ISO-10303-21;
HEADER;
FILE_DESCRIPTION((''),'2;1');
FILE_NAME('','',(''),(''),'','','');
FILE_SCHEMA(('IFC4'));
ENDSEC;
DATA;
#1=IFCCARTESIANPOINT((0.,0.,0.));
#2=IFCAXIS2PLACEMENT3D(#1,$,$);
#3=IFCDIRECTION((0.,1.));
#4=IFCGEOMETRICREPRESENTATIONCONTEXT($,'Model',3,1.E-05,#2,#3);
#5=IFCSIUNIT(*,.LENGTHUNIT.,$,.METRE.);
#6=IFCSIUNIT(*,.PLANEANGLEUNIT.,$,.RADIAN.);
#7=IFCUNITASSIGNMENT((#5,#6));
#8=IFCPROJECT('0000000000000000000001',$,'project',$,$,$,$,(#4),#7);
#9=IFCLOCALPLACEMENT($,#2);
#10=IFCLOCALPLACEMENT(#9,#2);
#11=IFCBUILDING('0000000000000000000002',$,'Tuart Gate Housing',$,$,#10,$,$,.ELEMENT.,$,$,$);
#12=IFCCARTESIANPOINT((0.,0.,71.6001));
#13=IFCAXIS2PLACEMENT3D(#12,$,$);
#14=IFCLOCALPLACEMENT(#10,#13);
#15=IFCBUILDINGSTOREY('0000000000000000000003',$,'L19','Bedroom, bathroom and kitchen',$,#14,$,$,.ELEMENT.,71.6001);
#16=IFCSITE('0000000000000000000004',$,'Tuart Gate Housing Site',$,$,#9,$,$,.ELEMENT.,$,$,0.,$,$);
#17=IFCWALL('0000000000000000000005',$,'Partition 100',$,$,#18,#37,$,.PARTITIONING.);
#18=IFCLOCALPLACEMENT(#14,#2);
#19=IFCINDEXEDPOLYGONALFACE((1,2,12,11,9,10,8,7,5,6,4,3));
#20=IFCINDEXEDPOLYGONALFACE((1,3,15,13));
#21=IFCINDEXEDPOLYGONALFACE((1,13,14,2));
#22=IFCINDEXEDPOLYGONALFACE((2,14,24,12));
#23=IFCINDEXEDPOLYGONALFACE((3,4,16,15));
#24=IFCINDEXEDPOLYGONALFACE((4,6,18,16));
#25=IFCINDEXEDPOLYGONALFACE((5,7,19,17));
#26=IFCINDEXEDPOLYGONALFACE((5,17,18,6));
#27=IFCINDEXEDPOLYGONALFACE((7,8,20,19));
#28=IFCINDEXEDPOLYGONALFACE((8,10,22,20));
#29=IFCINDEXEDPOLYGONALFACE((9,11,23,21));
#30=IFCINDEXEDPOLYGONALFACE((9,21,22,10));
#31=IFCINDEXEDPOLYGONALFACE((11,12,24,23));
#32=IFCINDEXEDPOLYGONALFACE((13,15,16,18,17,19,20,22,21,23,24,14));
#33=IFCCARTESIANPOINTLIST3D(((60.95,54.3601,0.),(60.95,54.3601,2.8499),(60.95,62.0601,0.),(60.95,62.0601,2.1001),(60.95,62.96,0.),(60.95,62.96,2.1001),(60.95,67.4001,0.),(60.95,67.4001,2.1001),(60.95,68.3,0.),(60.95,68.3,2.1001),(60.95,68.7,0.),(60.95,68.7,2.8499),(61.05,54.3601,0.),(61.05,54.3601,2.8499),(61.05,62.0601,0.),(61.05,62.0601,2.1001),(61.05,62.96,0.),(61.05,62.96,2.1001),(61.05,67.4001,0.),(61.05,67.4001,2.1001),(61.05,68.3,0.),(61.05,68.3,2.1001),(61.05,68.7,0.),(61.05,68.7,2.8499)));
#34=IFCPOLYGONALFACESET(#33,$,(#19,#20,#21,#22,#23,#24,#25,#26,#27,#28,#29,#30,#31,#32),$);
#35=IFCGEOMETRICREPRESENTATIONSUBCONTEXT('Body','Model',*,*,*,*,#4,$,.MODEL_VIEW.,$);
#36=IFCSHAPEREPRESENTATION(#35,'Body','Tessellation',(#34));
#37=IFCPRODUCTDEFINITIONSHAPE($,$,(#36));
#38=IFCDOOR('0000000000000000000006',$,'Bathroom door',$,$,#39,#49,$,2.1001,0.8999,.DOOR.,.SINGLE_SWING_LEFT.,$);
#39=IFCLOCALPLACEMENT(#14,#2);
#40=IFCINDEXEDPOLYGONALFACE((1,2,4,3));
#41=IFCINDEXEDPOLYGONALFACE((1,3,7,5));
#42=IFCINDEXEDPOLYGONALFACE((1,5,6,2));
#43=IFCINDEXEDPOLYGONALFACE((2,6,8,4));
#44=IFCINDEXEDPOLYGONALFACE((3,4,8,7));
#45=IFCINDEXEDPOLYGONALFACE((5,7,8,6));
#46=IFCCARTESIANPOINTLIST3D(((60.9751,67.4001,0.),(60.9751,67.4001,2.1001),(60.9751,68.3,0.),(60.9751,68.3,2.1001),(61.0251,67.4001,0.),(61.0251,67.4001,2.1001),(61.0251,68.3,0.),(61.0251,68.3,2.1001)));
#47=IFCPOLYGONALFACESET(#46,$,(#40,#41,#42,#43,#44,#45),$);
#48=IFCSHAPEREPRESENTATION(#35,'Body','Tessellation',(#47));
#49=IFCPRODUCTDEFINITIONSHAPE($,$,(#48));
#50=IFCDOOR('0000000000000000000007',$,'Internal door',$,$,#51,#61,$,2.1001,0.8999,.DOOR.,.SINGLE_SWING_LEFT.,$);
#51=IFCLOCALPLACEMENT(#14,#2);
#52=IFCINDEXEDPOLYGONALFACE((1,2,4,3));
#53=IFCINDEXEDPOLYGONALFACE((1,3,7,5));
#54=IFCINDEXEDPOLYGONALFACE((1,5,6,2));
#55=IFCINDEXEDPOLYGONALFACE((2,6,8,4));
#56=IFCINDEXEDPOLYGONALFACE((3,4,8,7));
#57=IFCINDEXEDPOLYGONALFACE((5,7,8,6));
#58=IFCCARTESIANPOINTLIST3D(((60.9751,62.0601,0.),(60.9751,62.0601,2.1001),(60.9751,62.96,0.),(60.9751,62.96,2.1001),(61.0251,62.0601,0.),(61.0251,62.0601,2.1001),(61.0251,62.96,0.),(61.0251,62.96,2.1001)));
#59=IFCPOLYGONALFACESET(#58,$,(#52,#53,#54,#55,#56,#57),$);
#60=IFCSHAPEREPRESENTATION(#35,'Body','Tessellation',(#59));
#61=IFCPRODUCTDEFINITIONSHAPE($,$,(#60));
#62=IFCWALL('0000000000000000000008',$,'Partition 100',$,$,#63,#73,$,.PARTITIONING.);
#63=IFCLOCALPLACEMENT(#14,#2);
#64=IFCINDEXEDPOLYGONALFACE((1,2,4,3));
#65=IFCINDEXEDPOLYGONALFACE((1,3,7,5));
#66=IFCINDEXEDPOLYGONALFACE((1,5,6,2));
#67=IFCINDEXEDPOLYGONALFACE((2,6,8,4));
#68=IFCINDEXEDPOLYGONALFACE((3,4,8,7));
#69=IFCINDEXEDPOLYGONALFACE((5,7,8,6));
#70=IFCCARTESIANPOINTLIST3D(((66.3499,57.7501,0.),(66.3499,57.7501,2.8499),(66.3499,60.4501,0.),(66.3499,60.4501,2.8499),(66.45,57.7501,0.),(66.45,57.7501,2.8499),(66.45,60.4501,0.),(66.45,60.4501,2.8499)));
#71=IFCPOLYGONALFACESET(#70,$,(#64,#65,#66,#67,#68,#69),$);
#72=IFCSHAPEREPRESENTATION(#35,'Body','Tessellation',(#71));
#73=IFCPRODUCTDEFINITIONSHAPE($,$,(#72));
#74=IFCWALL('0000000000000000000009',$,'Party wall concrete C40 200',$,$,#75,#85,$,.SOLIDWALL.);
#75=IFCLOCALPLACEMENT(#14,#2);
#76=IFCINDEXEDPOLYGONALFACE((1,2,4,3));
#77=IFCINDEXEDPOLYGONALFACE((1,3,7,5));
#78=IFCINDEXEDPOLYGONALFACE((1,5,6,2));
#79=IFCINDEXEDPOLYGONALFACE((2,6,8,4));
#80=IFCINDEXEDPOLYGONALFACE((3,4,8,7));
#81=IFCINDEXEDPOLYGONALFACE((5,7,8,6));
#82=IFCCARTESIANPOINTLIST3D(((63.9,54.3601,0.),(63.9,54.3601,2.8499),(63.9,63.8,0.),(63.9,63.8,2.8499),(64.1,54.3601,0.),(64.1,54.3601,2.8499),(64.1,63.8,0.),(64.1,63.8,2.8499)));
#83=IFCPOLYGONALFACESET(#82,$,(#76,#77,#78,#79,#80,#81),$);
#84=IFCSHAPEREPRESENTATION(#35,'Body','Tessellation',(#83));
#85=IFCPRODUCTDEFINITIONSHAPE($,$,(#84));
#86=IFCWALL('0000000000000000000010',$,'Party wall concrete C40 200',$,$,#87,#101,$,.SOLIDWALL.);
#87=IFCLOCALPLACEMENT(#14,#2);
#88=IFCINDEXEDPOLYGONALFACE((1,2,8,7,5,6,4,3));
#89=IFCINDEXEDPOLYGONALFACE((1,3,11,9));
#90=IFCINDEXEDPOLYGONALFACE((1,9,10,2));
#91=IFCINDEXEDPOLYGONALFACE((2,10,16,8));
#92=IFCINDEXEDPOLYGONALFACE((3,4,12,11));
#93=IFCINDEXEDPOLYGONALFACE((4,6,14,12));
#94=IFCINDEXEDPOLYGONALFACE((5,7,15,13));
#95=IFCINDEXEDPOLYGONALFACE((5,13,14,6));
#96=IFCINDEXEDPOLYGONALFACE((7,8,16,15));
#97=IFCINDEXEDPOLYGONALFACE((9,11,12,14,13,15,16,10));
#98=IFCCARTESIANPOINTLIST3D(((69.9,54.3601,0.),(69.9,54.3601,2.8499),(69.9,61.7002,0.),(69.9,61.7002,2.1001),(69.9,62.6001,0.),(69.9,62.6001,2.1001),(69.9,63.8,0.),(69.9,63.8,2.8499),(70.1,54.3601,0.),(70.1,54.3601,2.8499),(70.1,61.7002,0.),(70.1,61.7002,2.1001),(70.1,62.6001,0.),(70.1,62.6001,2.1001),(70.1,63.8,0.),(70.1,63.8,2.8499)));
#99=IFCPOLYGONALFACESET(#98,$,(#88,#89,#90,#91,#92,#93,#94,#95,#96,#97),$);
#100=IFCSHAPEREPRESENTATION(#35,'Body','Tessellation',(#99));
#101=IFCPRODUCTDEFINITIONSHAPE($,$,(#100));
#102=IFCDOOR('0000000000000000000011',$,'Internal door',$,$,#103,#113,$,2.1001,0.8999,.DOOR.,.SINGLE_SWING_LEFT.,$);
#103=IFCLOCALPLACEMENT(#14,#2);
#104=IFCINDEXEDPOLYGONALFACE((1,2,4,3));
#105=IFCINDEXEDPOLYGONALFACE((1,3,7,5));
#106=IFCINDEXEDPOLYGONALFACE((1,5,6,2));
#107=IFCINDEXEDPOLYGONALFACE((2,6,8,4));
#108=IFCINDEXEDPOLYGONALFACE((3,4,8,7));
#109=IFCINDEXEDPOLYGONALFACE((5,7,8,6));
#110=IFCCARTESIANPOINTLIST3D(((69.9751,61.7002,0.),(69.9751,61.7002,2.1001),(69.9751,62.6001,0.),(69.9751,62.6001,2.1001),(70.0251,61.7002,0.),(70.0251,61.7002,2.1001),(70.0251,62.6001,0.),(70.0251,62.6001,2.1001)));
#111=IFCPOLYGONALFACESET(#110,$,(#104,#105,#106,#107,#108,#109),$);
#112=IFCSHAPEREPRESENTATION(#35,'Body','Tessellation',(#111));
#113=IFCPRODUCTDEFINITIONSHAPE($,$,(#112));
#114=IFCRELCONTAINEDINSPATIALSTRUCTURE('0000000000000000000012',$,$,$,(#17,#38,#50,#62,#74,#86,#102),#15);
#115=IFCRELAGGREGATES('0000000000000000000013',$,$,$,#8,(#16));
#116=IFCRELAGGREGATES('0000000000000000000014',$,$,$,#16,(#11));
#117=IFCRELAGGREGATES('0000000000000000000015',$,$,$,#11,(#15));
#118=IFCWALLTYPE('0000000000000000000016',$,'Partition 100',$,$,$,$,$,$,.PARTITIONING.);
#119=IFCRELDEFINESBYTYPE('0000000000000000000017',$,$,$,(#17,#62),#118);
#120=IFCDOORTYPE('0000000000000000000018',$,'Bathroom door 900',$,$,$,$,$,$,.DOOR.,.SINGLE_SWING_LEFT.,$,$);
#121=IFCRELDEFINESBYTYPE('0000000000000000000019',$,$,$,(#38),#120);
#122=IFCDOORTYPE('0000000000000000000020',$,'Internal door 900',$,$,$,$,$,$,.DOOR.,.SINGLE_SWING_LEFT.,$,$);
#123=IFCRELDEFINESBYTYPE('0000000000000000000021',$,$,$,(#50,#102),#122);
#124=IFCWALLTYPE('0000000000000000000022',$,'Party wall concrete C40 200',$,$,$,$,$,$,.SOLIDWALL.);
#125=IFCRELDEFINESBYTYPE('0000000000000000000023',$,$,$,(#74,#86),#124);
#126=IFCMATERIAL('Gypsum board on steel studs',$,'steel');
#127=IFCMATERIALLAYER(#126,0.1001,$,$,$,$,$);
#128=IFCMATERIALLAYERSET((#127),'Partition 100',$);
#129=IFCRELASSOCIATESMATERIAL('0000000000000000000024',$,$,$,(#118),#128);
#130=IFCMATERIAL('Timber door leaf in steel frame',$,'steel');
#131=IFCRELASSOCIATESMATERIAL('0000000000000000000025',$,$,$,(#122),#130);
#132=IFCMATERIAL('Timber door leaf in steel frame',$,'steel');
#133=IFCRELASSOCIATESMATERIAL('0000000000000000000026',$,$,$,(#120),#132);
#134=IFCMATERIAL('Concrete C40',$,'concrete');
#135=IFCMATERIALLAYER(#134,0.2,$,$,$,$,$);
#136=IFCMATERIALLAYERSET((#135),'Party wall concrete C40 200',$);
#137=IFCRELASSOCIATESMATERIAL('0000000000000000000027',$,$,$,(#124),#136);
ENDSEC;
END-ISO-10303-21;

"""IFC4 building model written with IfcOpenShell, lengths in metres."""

from ifc_helpers import new_model, si_unit, direction, frame, frame_2d, origin, place, context, subcontext, project, spatial, rectangle, extrude, material, layer, layer_set, type_object, element, fill, save


model = new_model("IFC4")

# Units and contexts
model_context = context("Model", 3, precision=1e-05, world=origin(), true_north=direction((0.0, 1.0)))
body_context = subcontext(model_context, "Body", "Model", "MODEL_VIEW")
ifc_project = project(units=[si_unit("LENGTHUNIT", "METRE"), si_unit("PLANEANGLEUNIT", "RADIAN")], contexts=[model_context])

# Site, building, storey
site_placement = place(None, origin())
site = spatial("IfcSite", under=ifc_project, at=site_placement, Name="Tuart Gate Housing Site", CompositionType="ELEMENT", RefElevation=0.0)
building_placement = place(site_placement, origin())
building = spatial("IfcBuilding", under=site, at=building_placement, Name="Tuart Gate Housing", CompositionType="ELEMENT")
storey_placement = place(building_placement, frame((0.0, 0.0, 71.6001)))
storey = spatial("IfcBuildingStorey", under=building, at=storey_placement, Name="L19", Description="Bedroom, bathroom and kitchen", CompositionType="ELEMENT", Elevation=71.6001)

# Shared definitions
ifc_material_1 = material(Name="Gypsum board on steel studs", Category="steel")
ifc_layer_1 = layer(ifc_material_1, 0.1001)
ifc_layer_set_1 = layer_set([ifc_layer_1], Name="Partition 100")
wall_type_1 = type_object("IfcWallType", Name="Partition 100", PredefinedType="PARTITIONING", material=ifc_layer_set_1)

# Shared definitions
ifc_material_2 = material(Name="Timber door leaf in steel frame", Category="steel")
door_type_1 = type_object("IfcDoorType", Name="Internal door 900", OperationType="SINGLE_SWING_LEFT", PredefinedType="DOOR", material=ifc_material_2)

# Shared definitions
ifc_material_3 = material(Name="Timber door leaf in steel frame", Category="steel")
door_type_2 = type_object("IfcDoorType", Name="Bathroom door 900", OperationType="SINGLE_SWING_LEFT", PredefinedType="DOOR", material=ifc_material_3)

# Wall, openings, doors
wall_1_placement = place(storey_placement, frame((61.0, 54.3601, 0.0), z_axis=(0.0, 0.0, 1.0), x_axis=(0.0, 1.0, 0.0)))
wall_1 = element("IfcWall", 1, at=wall_1_placement, inside=storey, type_object=wall_type_1, Name="Partition 100", PredefinedType="PARTITIONING", context=body_context, shape_type="SweptSolid", body=[
    extrude(rectangle(XDim=14.3398, YDim=0.1001, at=frame_2d((7.1699, 0.0))), origin(), (0.0, 0.0, 1.0), 2.8499),
])
opening_1_placement = place(wall_1_placement, frame((7.7, 0.0, 0.0)))
opening_1 = element("IfcOpeningElement", 2, at=opening_1_placement, cuts=wall_1, PredefinedType="OPENING", context=body_context, shape_type="SweptSolid", body=[
    extrude(rectangle(XDim=0.8999, YDim=2.1001, at=frame_2d((0.45, 1.05))), frame((0.0, 0.0601, 0.0), z_axis=(0.0, -1.0, 0.0), x_axis=(1.0, 0.0, 0.0)), (0.0, 0.0, 1.0), 0.1201),
])
opening_2_placement = place(wall_1_placement, frame((13.04, 0.0, 0.0)))
opening_2 = element("IfcOpeningElement", 3, at=opening_2_placement, cuts=wall_1, PredefinedType="OPENING", context=body_context, shape_type="SweptSolid", body=[
    extrude(rectangle(XDim=0.8999, YDim=2.1001, at=frame_2d((0.45, 1.05))), frame((0.0, 0.0601, 0.0), z_axis=(0.0, -1.0, 0.0), x_axis=(1.0, 0.0, 0.0)), (0.0, 0.0, 1.0), 0.1201),
])
door_1_placement = place(opening_2_placement, frame((0.8999, 0.0, 0.0), z_axis=(0.0, 0.0, 1.0), x_axis=(-1.0, 0.0, 0.0)))
door_1 = element("IfcDoor", 4, at=door_1_placement, inside=storey, type_object=door_type_2, Name="Bathroom door", OperationType="SINGLE_SWING_LEFT", OverallHeight=2.1001, OverallWidth=0.8999, PredefinedType="DOOR", context=body_context, shape_type="SweptSolid", body=[
    extrude(rectangle(XDim=0.8999, YDim=2.1001, at=frame_2d((0.45, 1.05))), frame((0.0, 0.0251, 0.0), z_axis=(0.0, -1.0, 0.0), x_axis=(1.0, 0.0, 0.0)), (0.0, 0.0, 1.0), 0.05),
])
fill(opening_2, door_1)
door_2_placement = place(opening_1_placement, frame((0.8999, 0.0, 0.0), z_axis=(0.0, 0.0, 1.0), x_axis=(-1.0, 0.0, 0.0)))
door_2 = element("IfcDoor", 5, at=door_2_placement, inside=storey, type_object=door_type_1, Name="Internal door", OperationType="SINGLE_SWING_LEFT", OverallHeight=2.1001, OverallWidth=0.8999, PredefinedType="DOOR", context=body_context, shape_type="SweptSolid", body=[
    extrude(rectangle(XDim=0.8999, YDim=2.1001, at=frame_2d((0.45, 1.05))), frame((0.0, 0.0251, 0.0), z_axis=(0.0, -1.0, 0.0), x_axis=(1.0, 0.0, 0.0)), (0.0, 0.0, 1.0), 0.05),
])
fill(opening_1, door_2)

# Walls
wall_2_placement = place(storey_placement, frame((66.3999, 57.75, 0.0), z_axis=(0.0, 0.0, 1.0), x_axis=(0.0, 1.0, 0.0)))
element("IfcWall", 6, at=wall_2_placement, inside=storey, type_object=wall_type_1, Name="Partition 100", PredefinedType="PARTITIONING", context=body_context, shape_type="SweptSolid", body=[
    extrude(rectangle(XDim=2.7, YDim=0.1001, at=frame_2d((1.3501, 0.0))), origin(), (0.0, 0.0, 1.0), 2.8499),
])
ifc_material_4 = material(Name="Concrete C40", Category="concrete")
ifc_layer_2 = layer(ifc_material_4, 0.2)
ifc_layer_set_2 = layer_set([ifc_layer_2], Name="Party wall concrete C40 200")
wall_type_2 = type_object("IfcWallType", Name="Party wall concrete C40 200", PredefinedType="SOLIDWALL", material=ifc_layer_set_2)
wall_3_placement = place(storey_placement, frame((64.0, 54.3601, 0.0), z_axis=(0.0, 0.0, 1.0), x_axis=(0.0, 1.0, 0.0)))
element("IfcWall", 7, at=wall_3_placement, inside=storey, type_object=wall_type_2, Name="Party wall concrete C40 200", PredefinedType="SOLIDWALL", context=body_context, shape_type="SweptSolid", body=[
    extrude(rectangle(XDim=9.4399, YDim=0.2, at=frame_2d((4.72, 0.0))), origin(), (0.0, 0.0, 1.0), 2.8499),
])

# Wall, opening, door
wall_4_placement = place(storey_placement, frame((70.0, 54.3601, 0.0), z_axis=(0.0, 0.0, 1.0), x_axis=(0.0, 1.0, 0.0)))
wall_4 = element("IfcWall", 8, at=wall_4_placement, inside=storey, type_object=wall_type_2, Name="Party wall concrete C40 200", PredefinedType="SOLIDWALL", context=body_context, shape_type="SweptSolid", body=[
    extrude(rectangle(XDim=9.4399, YDim=0.2, at=frame_2d((4.72, 0.0))), origin(), (0.0, 0.0, 1.0), 2.8499),
])
opening_3_placement = place(wall_4_placement, frame((7.3401, 0.0, 0.0)))
opening_3 = element("IfcOpeningElement", 9, at=opening_3_placement, cuts=wall_4, PredefinedType="OPENING", context=body_context, shape_type="SweptSolid", body=[
    extrude(rectangle(XDim=0.8999, YDim=2.1001, at=frame_2d((0.45, 1.05))), frame((0.0, 0.1099, 0.0), z_axis=(0.0, -1.0, 0.0), x_axis=(1.0, 0.0, 0.0)), (0.0, 0.0, 1.0), 0.22),
])
door_3_placement = place(opening_3_placement, origin())
door_3 = element("IfcDoor", 10, at=door_3_placement, inside=storey, type_object=door_type_1, Name="Internal door", OperationType="SINGLE_SWING_LEFT", OverallHeight=2.1001, OverallWidth=0.8999, PredefinedType="DOOR", context=body_context, shape_type="SweptSolid", body=[
    extrude(rectangle(XDim=0.8999, YDim=2.1001, at=frame_2d((0.45, 1.05))), frame((0.0, 0.0249, 0.0), z_axis=(0.0, -1.0, 0.0), x_axis=(1.0, 0.0, 0.0)), (0.0, 0.0, 1.0), 0.05),
])
fill(opening_3, door_3)

save(model, "model.ifc")
